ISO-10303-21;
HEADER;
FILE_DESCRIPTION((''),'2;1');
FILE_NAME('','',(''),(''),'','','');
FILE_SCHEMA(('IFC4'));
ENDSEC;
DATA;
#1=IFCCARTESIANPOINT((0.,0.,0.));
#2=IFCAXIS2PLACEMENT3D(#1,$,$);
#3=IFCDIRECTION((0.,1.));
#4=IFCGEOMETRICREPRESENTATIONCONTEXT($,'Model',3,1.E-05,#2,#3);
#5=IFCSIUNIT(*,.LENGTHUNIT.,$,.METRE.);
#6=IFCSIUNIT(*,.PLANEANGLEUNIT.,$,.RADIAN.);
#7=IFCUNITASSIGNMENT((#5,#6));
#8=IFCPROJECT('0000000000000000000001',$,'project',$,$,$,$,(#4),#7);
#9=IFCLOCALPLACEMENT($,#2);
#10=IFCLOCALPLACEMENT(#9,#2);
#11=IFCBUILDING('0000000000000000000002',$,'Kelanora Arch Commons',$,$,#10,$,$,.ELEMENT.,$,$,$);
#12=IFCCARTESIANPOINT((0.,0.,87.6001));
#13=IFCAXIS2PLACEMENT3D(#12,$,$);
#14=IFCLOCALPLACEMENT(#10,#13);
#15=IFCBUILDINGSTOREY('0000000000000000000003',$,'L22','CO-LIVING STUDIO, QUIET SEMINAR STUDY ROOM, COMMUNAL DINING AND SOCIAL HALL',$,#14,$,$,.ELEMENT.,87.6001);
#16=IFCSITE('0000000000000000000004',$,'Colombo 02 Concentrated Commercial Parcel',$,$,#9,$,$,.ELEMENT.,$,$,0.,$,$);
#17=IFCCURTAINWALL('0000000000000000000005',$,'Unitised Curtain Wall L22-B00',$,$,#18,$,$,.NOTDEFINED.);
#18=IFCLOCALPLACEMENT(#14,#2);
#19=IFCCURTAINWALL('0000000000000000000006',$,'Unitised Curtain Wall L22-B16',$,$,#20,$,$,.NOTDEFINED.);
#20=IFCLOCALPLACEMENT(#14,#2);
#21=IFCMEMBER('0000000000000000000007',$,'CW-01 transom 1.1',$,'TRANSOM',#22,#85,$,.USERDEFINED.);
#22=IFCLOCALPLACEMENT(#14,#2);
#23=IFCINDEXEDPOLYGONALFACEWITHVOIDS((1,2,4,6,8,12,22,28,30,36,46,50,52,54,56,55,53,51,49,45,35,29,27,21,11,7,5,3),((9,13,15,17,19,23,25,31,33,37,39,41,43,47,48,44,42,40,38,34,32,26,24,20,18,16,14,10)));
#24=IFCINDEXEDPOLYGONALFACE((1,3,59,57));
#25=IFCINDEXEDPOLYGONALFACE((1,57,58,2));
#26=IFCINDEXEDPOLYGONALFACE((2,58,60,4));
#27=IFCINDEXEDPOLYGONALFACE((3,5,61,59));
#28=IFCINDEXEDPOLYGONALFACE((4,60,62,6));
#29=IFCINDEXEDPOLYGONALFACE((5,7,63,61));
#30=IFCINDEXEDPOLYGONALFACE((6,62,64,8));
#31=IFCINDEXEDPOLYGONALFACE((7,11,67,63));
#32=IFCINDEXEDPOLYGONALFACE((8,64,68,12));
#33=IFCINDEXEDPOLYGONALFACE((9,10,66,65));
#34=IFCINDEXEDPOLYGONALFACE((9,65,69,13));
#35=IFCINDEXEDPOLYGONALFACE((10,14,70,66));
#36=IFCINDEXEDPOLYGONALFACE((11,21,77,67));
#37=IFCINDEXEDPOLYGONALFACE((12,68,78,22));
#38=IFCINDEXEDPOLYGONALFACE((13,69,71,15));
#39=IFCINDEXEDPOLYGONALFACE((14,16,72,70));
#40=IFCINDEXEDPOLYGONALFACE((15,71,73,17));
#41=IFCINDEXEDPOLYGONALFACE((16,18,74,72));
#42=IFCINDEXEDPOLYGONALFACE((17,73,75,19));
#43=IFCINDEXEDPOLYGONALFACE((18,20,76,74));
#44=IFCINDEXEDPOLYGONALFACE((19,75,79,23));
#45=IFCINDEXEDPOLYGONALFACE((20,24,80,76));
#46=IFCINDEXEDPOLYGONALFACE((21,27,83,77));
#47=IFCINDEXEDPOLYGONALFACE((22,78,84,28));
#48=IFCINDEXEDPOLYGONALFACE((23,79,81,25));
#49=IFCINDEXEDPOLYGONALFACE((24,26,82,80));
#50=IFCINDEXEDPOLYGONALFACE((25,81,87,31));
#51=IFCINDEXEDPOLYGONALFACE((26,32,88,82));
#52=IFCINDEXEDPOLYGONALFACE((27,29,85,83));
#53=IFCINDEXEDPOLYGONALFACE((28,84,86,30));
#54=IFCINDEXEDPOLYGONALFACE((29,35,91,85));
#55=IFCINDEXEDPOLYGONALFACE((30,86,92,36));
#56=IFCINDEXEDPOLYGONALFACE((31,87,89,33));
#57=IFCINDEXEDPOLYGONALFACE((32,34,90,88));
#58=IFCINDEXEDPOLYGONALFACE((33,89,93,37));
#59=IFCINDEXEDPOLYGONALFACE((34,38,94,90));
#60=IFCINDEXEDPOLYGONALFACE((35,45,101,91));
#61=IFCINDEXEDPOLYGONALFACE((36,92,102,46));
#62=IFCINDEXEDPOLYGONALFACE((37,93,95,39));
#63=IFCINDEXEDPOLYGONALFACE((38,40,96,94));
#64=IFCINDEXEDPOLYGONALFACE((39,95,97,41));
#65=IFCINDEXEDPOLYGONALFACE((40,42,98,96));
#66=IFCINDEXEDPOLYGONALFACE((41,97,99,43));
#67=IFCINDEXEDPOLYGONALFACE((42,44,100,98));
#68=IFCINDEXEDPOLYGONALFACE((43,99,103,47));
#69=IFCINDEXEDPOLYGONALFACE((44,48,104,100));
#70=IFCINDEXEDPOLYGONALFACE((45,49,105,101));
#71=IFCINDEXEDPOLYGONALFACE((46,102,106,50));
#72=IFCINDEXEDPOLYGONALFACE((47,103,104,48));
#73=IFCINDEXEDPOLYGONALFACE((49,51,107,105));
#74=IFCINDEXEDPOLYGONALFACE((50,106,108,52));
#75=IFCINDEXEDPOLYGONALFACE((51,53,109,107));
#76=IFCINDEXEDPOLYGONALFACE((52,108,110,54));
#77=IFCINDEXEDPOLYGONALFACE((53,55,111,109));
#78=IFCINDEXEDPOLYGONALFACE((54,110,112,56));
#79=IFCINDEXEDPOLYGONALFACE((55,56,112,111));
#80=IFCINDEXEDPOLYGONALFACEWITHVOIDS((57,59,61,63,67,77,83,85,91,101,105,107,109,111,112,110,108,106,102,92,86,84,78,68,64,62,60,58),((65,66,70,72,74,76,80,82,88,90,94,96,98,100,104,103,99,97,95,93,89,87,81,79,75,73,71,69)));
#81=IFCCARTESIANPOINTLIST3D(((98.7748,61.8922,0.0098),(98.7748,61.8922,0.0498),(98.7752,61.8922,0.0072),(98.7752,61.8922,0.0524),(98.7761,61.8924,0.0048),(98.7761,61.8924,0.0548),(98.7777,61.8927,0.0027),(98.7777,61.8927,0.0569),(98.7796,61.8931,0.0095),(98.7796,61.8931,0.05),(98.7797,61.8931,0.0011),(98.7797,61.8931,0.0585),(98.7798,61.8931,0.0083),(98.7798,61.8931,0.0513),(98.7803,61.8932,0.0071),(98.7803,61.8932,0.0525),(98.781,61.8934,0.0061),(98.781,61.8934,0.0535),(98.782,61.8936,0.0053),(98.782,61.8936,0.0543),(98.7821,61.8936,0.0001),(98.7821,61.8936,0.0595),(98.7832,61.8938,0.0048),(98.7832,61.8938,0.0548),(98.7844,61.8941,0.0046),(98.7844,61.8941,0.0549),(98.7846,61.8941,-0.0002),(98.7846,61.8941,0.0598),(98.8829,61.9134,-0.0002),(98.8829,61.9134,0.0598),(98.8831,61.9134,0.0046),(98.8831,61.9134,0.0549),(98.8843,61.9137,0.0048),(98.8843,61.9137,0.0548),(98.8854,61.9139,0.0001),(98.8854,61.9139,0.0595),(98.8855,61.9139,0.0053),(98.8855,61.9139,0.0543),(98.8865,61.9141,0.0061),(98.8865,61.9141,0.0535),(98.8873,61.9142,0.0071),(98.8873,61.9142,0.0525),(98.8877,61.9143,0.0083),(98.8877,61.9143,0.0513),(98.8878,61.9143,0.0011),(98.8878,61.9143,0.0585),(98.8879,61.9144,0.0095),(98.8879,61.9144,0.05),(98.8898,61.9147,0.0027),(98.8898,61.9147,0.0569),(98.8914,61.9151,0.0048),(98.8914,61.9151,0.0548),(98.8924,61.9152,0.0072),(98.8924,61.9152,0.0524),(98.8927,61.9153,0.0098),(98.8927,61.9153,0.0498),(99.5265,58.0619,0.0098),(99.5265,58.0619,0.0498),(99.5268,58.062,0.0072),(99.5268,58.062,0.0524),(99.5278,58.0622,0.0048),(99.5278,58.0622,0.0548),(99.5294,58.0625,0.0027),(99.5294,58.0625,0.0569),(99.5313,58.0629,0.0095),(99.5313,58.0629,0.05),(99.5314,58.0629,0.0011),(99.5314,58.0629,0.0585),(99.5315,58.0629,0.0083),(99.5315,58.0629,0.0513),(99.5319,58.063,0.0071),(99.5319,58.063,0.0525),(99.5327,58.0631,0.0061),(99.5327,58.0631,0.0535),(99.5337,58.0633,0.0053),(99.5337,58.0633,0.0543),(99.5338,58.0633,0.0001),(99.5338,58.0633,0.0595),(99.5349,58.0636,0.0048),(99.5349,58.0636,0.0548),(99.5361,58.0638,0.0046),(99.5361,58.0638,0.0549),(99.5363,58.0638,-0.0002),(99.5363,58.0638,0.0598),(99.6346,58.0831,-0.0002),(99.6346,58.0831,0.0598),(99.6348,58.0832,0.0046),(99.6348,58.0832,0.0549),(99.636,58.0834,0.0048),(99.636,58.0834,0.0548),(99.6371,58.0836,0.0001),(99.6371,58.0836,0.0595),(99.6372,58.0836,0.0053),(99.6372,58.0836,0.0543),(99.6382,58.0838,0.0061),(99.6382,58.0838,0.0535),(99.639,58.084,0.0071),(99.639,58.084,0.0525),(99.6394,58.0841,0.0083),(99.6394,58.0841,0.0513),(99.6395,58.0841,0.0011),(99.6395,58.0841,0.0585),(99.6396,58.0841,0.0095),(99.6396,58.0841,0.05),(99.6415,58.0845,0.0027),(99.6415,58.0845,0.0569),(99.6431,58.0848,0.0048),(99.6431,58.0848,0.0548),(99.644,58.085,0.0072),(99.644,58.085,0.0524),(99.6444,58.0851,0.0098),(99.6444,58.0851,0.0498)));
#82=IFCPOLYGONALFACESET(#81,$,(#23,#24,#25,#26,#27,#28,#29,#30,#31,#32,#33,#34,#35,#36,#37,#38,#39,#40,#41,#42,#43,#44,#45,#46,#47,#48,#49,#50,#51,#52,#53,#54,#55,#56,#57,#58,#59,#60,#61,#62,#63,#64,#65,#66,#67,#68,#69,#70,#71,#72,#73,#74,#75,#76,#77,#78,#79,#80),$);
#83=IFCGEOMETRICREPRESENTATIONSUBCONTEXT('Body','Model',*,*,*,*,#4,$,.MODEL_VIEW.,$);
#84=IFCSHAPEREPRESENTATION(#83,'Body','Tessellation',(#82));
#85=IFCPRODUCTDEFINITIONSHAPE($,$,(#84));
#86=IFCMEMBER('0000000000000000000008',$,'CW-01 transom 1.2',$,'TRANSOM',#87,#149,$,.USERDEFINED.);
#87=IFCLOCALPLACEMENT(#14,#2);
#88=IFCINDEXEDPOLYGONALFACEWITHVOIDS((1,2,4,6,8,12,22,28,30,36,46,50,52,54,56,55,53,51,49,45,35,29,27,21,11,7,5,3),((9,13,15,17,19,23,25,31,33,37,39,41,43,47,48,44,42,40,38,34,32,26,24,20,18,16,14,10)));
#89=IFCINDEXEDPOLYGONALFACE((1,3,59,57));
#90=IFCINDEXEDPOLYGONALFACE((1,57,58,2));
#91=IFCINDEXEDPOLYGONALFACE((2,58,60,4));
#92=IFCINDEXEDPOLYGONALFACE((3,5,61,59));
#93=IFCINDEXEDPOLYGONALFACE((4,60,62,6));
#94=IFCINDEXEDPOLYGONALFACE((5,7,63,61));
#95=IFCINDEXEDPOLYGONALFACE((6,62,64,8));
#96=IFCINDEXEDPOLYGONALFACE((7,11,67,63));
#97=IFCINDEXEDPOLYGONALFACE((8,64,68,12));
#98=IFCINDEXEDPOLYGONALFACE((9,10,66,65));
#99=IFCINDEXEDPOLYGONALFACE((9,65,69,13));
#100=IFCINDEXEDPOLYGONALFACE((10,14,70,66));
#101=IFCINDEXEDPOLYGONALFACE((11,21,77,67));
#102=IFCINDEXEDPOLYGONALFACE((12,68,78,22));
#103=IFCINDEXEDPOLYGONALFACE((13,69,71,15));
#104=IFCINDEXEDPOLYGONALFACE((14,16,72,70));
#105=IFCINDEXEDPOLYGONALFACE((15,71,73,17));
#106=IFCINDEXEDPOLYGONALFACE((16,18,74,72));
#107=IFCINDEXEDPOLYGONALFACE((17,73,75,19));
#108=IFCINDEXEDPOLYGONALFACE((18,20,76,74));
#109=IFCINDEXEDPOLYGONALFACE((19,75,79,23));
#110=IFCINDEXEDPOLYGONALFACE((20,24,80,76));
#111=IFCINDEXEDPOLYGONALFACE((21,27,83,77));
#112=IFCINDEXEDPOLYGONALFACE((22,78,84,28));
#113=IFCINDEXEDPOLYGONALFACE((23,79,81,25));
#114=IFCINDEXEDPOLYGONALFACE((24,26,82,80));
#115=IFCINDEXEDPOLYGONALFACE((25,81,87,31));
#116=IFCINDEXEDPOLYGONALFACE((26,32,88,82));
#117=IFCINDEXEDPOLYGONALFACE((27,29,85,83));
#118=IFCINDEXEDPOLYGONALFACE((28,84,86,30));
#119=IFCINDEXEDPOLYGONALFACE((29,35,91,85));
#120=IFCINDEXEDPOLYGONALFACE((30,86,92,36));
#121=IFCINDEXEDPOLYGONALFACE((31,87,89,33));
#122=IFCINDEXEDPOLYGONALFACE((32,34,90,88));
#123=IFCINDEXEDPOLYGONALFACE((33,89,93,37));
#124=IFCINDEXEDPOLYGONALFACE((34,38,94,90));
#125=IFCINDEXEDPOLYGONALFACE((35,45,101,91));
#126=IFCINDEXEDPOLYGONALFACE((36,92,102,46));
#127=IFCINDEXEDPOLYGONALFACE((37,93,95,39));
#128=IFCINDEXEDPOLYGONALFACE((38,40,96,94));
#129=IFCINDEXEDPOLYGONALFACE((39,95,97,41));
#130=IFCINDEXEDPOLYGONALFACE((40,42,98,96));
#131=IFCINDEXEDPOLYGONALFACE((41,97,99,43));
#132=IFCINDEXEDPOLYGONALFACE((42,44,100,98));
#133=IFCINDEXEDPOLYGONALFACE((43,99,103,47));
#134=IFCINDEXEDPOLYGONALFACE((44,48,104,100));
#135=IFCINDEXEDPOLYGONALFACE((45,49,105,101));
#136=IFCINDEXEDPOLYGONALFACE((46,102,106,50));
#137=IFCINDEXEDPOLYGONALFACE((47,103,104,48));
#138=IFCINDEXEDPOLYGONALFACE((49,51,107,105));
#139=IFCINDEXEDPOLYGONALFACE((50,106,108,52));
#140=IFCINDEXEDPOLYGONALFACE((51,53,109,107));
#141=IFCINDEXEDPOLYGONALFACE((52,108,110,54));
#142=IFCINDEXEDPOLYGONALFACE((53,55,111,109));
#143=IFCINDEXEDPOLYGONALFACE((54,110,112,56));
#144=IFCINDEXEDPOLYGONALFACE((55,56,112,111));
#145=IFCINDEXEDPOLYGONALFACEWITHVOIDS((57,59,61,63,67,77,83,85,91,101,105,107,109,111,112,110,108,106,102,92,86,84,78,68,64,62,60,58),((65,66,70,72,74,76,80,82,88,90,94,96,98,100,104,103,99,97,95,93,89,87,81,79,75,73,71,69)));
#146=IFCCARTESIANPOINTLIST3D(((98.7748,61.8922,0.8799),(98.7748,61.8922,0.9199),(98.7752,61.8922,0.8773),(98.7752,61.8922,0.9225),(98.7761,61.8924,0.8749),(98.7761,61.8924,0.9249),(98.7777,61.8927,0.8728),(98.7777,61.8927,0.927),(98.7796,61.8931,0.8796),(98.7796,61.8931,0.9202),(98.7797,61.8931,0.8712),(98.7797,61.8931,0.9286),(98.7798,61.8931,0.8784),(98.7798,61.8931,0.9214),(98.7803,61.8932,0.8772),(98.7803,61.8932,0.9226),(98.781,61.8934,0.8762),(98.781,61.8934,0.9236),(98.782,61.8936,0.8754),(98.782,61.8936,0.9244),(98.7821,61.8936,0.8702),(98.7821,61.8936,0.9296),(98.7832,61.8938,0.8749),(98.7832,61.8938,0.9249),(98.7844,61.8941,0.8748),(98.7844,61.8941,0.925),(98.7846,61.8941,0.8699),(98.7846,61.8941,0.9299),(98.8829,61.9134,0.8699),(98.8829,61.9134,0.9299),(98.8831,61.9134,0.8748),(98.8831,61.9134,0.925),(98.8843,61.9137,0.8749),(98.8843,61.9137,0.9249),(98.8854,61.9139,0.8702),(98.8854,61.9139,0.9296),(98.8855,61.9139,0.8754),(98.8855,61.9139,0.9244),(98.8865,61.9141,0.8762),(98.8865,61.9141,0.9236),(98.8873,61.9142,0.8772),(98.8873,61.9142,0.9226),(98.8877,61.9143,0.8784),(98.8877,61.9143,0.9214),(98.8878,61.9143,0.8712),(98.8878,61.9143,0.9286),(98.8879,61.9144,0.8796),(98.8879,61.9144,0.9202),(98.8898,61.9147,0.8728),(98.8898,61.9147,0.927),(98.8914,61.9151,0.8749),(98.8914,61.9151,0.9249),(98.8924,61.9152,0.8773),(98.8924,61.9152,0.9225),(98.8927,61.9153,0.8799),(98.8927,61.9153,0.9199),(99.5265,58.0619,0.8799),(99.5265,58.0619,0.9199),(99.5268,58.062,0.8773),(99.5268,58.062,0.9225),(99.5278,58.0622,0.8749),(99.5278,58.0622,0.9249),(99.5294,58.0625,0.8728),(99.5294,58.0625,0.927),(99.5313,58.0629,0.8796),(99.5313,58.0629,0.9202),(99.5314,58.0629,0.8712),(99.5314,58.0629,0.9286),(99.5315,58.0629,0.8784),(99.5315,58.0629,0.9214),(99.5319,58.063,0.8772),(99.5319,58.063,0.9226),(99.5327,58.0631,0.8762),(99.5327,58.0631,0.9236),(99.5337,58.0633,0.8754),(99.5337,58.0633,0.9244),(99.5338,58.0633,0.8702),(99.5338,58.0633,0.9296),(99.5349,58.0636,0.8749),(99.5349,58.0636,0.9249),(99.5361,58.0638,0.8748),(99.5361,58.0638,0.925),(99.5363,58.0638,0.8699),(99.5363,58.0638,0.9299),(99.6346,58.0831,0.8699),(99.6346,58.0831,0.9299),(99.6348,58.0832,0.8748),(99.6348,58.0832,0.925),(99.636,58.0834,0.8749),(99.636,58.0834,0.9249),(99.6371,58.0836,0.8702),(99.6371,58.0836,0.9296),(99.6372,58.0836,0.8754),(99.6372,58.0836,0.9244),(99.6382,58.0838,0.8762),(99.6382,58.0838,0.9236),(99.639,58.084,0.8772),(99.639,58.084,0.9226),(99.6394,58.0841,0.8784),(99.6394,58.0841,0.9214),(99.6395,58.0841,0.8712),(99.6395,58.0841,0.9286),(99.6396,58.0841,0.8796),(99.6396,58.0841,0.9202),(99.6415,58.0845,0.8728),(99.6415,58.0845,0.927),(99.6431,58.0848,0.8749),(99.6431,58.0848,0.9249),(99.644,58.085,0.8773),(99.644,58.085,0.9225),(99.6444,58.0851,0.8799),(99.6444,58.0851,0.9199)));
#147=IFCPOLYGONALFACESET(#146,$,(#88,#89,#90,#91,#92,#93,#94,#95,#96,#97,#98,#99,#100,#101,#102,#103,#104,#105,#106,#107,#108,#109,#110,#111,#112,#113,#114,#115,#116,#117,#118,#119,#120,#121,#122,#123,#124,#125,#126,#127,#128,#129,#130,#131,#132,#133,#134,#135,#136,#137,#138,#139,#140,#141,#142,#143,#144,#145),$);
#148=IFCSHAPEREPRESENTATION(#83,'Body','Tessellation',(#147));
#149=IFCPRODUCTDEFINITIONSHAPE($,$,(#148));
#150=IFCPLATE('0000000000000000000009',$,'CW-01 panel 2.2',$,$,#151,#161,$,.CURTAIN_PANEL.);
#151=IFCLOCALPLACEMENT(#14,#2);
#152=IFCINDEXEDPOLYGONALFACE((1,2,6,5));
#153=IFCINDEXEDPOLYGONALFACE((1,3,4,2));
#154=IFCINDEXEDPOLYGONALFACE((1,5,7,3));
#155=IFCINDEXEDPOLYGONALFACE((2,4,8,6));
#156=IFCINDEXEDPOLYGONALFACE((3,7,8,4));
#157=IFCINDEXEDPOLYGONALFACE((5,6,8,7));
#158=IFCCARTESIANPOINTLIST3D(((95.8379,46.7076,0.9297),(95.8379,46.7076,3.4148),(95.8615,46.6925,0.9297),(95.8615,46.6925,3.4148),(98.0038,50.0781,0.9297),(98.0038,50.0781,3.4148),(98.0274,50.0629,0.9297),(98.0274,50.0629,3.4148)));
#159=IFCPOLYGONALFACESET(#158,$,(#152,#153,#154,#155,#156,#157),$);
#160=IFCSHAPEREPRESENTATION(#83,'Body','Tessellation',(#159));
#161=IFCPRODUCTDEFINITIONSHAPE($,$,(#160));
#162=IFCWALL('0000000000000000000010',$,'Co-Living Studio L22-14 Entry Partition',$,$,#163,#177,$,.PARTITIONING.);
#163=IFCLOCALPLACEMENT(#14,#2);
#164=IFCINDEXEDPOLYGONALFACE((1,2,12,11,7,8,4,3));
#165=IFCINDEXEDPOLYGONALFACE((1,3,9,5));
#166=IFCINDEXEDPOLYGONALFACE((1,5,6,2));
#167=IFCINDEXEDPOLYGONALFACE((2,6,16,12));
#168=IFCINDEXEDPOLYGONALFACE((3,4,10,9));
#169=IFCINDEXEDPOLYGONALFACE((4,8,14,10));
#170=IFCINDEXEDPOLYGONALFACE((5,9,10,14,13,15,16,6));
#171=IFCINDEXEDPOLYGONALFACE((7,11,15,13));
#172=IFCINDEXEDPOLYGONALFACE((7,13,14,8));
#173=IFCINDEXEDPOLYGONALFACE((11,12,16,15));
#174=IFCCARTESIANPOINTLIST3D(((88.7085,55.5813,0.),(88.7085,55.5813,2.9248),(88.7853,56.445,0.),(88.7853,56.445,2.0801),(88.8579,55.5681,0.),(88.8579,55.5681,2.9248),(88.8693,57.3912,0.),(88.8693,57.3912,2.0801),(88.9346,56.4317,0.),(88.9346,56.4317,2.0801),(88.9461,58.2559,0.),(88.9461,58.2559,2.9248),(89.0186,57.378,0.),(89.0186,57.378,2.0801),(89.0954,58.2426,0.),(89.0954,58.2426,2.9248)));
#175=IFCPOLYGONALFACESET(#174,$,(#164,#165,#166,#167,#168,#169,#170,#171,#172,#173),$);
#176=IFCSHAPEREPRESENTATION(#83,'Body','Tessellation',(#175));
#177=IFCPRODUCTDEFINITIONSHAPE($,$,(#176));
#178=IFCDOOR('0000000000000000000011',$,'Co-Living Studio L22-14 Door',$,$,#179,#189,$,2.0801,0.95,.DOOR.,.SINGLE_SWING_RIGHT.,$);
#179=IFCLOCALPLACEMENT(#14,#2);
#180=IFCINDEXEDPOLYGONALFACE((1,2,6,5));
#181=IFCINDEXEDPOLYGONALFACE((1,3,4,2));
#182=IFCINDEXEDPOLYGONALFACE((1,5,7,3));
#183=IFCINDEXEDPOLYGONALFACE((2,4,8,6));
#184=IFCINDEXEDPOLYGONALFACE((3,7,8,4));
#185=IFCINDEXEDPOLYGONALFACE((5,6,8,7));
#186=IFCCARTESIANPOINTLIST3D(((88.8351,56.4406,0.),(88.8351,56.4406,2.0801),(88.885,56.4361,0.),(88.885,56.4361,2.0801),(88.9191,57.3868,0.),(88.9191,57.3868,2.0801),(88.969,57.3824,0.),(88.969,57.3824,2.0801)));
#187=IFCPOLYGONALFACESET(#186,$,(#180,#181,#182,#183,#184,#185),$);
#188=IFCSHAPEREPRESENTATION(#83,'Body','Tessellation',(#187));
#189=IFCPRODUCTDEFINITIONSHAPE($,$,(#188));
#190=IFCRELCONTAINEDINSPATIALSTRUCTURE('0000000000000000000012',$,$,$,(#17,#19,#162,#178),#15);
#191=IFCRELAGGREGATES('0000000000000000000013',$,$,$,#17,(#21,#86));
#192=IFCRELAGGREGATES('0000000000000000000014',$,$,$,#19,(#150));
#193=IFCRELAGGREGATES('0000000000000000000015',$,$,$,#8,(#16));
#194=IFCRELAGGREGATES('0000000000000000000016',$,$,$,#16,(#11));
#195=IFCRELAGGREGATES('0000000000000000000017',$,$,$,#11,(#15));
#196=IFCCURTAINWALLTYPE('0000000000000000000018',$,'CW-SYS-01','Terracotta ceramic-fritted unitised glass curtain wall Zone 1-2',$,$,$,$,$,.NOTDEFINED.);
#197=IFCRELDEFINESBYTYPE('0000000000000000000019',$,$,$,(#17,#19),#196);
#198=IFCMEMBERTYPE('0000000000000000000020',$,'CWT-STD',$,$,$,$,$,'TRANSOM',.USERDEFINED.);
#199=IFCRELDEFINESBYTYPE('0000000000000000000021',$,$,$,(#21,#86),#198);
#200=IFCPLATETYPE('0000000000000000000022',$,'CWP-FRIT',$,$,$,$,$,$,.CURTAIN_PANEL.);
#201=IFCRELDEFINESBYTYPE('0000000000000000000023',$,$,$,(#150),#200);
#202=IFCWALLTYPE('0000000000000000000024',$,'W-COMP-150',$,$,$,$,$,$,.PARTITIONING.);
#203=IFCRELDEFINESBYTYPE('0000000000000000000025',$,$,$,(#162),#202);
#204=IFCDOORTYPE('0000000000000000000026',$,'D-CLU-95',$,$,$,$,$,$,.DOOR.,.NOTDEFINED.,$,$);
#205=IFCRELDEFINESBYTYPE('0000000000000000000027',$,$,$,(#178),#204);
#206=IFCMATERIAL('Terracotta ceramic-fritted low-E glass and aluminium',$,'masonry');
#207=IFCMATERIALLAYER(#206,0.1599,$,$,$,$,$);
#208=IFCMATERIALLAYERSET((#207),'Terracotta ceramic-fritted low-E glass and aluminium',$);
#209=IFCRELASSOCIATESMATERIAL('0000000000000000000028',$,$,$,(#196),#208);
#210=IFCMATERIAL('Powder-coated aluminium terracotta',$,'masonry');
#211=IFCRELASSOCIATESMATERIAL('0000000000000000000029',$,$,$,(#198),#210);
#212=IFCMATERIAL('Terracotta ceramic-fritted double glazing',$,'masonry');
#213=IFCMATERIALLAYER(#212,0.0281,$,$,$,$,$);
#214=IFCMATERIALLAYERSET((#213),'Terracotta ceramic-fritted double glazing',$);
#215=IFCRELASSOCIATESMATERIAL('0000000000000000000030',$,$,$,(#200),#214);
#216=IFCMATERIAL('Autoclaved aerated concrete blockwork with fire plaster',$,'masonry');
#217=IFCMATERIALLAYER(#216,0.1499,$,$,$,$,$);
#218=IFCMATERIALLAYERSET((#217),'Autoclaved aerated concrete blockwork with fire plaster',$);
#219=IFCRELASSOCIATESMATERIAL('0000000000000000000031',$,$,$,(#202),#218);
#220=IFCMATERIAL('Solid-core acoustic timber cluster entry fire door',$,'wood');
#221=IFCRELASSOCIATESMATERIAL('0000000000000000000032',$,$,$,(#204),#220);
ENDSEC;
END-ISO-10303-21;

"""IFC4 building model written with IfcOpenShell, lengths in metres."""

from ifc_helpers import new_model, si_unit, direction, frame, frame_2d, origin, origin_2d, place, context, subcontext, project, spatial, rectangle, hollow_rectangle, extrude, source, transform, mapped, material, layer, layer_set, material_profile, profile_set, type_object, element, fill, aggregate, save


model = new_model("IFC4")

# Units and contexts
model_context = context("Model", 3, precision=1e-05, world=origin(), true_north=direction((0.0, 1.0)))
body_context = subcontext(model_context, "Body", "Model", "MODEL_VIEW")
ifc_project = project(units=[si_unit("LENGTHUNIT", "METRE"), si_unit("PLANEANGLEUNIT", "RADIAN")], contexts=[model_context])

# Site, building, storey
site_placement = place(None, origin())
site = spatial("IfcSite", under=ifc_project, at=site_placement, Name="Colombo 02 Concentrated Commercial Parcel", CompositionType="ELEMENT", RefElevation=0.0)
building_placement = place(site_placement, origin())
building = spatial("IfcBuilding", under=site, at=building_placement, Name="Kelanora Arch Commons", CompositionType="ELEMENT")
storey_placement = place(building_placement, frame((0.0, 0.0, 87.6001)))
storey = spatial("IfcBuildingStorey", under=building, at=storey_placement, Name="L22", Description="CO-LIVING STUDIO, QUIET SEMINAR STUDY ROOM, COMMUNAL DINING AND SOCIAL HALL", CompositionType="ELEMENT", Elevation=87.6001)

# Curtain walls
ifc_material_1 = material(Name="Terracotta ceramic-fritted low-E glass and aluminium", Category="masonry")
ifc_layer_1 = layer(ifc_material_1, 0.1599)
ifc_layer_set_1 = layer_set([ifc_layer_1], Name="Terracotta ceramic-fritted low-E glass and aluminium")
curtain_wall_type = type_object("IfcCurtainWallType", Name="CW-SYS-01", Description="Terracotta ceramic-fritted unitised glass curtain wall Zone 1-2", PredefinedType="NOTDEFINED", material=ifc_layer_set_1)
curtain_wall_1_placement = place(storey_placement, origin())
curtain_wall_1 = element("IfcCurtainWall", 1, at=curtain_wall_1_placement, inside=storey, type_object=curtain_wall_type, Name="Unitised Curtain Wall L22-B00", PredefinedType="NOTDEFINED")
ifc_material_2 = material(Name="Powder-coated aluminium terracotta", Category="masonry")
curtain_wall_2_placement = place(storey_placement, origin())
curtain_wall_2 = element("IfcCurtainWall", 2, at=curtain_wall_2_placement, inside=storey, type_object=curtain_wall_type, Name="Unitised Curtain Wall L22-B16", PredefinedType="NOTDEFINED")

# Members
ifc_material_profile_1 = material_profile(ifc_material_2, hollow_rectangle(XDim=0.1201, YDim=0.0601, WallThickness=0.0049, InnerFilletRadius=0.0049, OuterFilletRadius=0.01, at=origin_2d()), Name="CWT120x60")
ifc_profile_set_1 = profile_set([ifc_material_profile_1], Name="Powder-coated aluminium terracotta")
member_type_1 = type_object("IfcMemberType", Name="CWT-STD", ElementType="TRANSOM", PredefinedType="USERDEFINED", material=ifc_profile_set_1)
member_1_placement = place(storey_placement, frame((99.5854, 58.0735, 0.0298), z_axis=(-0.192579, 0.981282, 0.0), x_axis=(-0.981282, -0.192579, 0.0)))
member_1 = element("IfcMember", 3, at=member_1_placement, type_object=member_type_1, Name="CW-01 transom 1.1", ObjectType="TRANSOM", PredefinedType="USERDEFINED", context=body_context, shape_type="SweptSolid", body=[
    extrude(hollow_rectangle(XDim=0.1201, YDim=0.0601, WallThickness=0.0049, InnerFilletRadius=0.0049, OuterFilletRadius=0.01, at=origin_2d()), origin(), (0.0, 0.0, 1.0), 3.9033),
])
member_2_placement = place(storey_placement, frame((99.5854, 58.0735, 0.8999), z_axis=(-0.192579, 0.981282, 0.0), x_axis=(-0.981282, -0.192579, 0.0)))
member_2 = element("IfcMember", 4, at=member_2_placement, type_object=member_type_1, Name="CW-01 transom 1.2", ObjectType="TRANSOM", PredefinedType="USERDEFINED", context=body_context, shape_type="SweptSolid", body=[
    extrude(hollow_rectangle(XDim=0.1201, YDim=0.0601, WallThickness=0.0049, InnerFilletRadius=0.0049, OuterFilletRadius=0.01, at=origin_2d()), origin(), (0.0, 0.0, 1.0), 3.9033),
])
aggregate(curtain_wall_1, [member_1, member_2])

# Plate
ifc_material_3 = material(Name="Terracotta ceramic-fritted double glazing", Category="masonry")
ifc_layer_2 = layer(ifc_material_3, 0.0281)
ifc_layer_set_2 = layer_set([ifc_layer_2], Name="Terracotta ceramic-fritted double glazing")
plate_type = type_object("IfcPlateType", Name="CWP-FRIT", PredefinedType="CURTAIN_PANEL", material=ifc_layer_set_2)
shared_shape_1 = source(origin(), body_context, "Body", "SweptSolid", [
    extrude(rectangle(XDim=4.0063, YDim=0.0281, at=origin_2d()), origin(), (0.0, 0.0, 1.0), 2.4851),
])
plate_placement = place(storey_placement, frame((96.9326, 48.3853, 0.9297), z_axis=(0.0, 0.0, 1.0), x_axis=(0.540617, 0.841269, 0.0)))
plate = element("IfcPlate", 5, at=plate_placement, type_object=plate_type, Name="CW-01 panel 2.2", PredefinedType="CURTAIN_PANEL", context=body_context, shape_type="MappedRepresentation", body=[
    mapped(shared_shape_1, transform((0.0, 0.0, 0.0), scale=1.0)),
])
aggregate(curtain_wall_2, [plate])

# Wall, opening, door
ifc_material_4 = material(Name="Autoclaved aerated concrete blockwork with fire plaster", Category="masonry")
ifc_layer_3 = layer(ifc_material_4, 0.1499)
ifc_layer_set_3 = layer_set([ifc_layer_3], Name="Autoclaved aerated concrete blockwork with fire plaster")
wall_type_1 = type_object("IfcWallType", Name="W-COMP-150", PredefinedType="PARTITIONING", material=ifc_layer_set_3)
wall_1_placement = place(storey_placement, frame((88.7832, 55.5747, 0.0), z_axis=(0.0, 0.0, 1.0), x_axis=(0.08847, 0.996079, 0.0)))
wall_1 = element("IfcWall", 6, at=wall_1_placement, inside=storey, type_object=wall_type_1, Name="Co-Living Studio L22-14 Entry Partition", PredefinedType="PARTITIONING", context=body_context, shape_type="SweptSolid", body=[
    extrude(rectangle(XDim=2.6851, YDim=0.1499, at=frame_2d((1.3425, 0.0))), origin(), (0.0, 0.0, 1.0), 2.9248),
])
opening_1_placement = place(wall_1_placement, frame((0.8669, 0.0, 0.0)))
opening_1 = element("IfcOpeningElement", 7, at=opening_1_placement, cuts=wall_1, PredefinedType="OPENING", context=body_context, shape_type="SweptSolid", body=[
    extrude(rectangle(XDim=0.95, YDim=2.0801, at=frame_2d((0.4751, 1.04))), frame((0.0, 0.085, 0.0), z_axis=(0.0, -1.0, 0.0), x_axis=(1.0, 0.0, 0.0)), (0.0, 0.0, 1.0), 0.1699),
])
ifc_material_5 = material(Name="Solid-core acoustic timber cluster entry fire door", Category="wood")
door_type_1 = type_object("IfcDoorType", Name="D-CLU-95", OperationType="NOTDEFINED", PredefinedType="DOOR", material=ifc_material_5)
door_1_placement = place(opening_1_placement, origin())
door_1 = element("IfcDoor", 8, at=door_1_placement, inside=storey, type_object=door_type_1, Name="Co-Living Studio L22-14 Door", OperationType="SINGLE_SWING_RIGHT", OverallHeight=2.0801, OverallWidth=0.95, PredefinedType="DOOR", context=body_context, shape_type="SweptSolid", body=[
    extrude(rectangle(XDim=0.95, YDim=2.0801, at=frame_2d((0.4751, 1.04))), frame((0.0, 0.0249, 0.0), z_axis=(0.0, -1.0, 0.0), x_axis=(1.0, 0.0, 0.0)), (0.0, 0.0, 1.0), 0.05),
])
fill(opening_1, door_1)

save(model, "model.ifc")
